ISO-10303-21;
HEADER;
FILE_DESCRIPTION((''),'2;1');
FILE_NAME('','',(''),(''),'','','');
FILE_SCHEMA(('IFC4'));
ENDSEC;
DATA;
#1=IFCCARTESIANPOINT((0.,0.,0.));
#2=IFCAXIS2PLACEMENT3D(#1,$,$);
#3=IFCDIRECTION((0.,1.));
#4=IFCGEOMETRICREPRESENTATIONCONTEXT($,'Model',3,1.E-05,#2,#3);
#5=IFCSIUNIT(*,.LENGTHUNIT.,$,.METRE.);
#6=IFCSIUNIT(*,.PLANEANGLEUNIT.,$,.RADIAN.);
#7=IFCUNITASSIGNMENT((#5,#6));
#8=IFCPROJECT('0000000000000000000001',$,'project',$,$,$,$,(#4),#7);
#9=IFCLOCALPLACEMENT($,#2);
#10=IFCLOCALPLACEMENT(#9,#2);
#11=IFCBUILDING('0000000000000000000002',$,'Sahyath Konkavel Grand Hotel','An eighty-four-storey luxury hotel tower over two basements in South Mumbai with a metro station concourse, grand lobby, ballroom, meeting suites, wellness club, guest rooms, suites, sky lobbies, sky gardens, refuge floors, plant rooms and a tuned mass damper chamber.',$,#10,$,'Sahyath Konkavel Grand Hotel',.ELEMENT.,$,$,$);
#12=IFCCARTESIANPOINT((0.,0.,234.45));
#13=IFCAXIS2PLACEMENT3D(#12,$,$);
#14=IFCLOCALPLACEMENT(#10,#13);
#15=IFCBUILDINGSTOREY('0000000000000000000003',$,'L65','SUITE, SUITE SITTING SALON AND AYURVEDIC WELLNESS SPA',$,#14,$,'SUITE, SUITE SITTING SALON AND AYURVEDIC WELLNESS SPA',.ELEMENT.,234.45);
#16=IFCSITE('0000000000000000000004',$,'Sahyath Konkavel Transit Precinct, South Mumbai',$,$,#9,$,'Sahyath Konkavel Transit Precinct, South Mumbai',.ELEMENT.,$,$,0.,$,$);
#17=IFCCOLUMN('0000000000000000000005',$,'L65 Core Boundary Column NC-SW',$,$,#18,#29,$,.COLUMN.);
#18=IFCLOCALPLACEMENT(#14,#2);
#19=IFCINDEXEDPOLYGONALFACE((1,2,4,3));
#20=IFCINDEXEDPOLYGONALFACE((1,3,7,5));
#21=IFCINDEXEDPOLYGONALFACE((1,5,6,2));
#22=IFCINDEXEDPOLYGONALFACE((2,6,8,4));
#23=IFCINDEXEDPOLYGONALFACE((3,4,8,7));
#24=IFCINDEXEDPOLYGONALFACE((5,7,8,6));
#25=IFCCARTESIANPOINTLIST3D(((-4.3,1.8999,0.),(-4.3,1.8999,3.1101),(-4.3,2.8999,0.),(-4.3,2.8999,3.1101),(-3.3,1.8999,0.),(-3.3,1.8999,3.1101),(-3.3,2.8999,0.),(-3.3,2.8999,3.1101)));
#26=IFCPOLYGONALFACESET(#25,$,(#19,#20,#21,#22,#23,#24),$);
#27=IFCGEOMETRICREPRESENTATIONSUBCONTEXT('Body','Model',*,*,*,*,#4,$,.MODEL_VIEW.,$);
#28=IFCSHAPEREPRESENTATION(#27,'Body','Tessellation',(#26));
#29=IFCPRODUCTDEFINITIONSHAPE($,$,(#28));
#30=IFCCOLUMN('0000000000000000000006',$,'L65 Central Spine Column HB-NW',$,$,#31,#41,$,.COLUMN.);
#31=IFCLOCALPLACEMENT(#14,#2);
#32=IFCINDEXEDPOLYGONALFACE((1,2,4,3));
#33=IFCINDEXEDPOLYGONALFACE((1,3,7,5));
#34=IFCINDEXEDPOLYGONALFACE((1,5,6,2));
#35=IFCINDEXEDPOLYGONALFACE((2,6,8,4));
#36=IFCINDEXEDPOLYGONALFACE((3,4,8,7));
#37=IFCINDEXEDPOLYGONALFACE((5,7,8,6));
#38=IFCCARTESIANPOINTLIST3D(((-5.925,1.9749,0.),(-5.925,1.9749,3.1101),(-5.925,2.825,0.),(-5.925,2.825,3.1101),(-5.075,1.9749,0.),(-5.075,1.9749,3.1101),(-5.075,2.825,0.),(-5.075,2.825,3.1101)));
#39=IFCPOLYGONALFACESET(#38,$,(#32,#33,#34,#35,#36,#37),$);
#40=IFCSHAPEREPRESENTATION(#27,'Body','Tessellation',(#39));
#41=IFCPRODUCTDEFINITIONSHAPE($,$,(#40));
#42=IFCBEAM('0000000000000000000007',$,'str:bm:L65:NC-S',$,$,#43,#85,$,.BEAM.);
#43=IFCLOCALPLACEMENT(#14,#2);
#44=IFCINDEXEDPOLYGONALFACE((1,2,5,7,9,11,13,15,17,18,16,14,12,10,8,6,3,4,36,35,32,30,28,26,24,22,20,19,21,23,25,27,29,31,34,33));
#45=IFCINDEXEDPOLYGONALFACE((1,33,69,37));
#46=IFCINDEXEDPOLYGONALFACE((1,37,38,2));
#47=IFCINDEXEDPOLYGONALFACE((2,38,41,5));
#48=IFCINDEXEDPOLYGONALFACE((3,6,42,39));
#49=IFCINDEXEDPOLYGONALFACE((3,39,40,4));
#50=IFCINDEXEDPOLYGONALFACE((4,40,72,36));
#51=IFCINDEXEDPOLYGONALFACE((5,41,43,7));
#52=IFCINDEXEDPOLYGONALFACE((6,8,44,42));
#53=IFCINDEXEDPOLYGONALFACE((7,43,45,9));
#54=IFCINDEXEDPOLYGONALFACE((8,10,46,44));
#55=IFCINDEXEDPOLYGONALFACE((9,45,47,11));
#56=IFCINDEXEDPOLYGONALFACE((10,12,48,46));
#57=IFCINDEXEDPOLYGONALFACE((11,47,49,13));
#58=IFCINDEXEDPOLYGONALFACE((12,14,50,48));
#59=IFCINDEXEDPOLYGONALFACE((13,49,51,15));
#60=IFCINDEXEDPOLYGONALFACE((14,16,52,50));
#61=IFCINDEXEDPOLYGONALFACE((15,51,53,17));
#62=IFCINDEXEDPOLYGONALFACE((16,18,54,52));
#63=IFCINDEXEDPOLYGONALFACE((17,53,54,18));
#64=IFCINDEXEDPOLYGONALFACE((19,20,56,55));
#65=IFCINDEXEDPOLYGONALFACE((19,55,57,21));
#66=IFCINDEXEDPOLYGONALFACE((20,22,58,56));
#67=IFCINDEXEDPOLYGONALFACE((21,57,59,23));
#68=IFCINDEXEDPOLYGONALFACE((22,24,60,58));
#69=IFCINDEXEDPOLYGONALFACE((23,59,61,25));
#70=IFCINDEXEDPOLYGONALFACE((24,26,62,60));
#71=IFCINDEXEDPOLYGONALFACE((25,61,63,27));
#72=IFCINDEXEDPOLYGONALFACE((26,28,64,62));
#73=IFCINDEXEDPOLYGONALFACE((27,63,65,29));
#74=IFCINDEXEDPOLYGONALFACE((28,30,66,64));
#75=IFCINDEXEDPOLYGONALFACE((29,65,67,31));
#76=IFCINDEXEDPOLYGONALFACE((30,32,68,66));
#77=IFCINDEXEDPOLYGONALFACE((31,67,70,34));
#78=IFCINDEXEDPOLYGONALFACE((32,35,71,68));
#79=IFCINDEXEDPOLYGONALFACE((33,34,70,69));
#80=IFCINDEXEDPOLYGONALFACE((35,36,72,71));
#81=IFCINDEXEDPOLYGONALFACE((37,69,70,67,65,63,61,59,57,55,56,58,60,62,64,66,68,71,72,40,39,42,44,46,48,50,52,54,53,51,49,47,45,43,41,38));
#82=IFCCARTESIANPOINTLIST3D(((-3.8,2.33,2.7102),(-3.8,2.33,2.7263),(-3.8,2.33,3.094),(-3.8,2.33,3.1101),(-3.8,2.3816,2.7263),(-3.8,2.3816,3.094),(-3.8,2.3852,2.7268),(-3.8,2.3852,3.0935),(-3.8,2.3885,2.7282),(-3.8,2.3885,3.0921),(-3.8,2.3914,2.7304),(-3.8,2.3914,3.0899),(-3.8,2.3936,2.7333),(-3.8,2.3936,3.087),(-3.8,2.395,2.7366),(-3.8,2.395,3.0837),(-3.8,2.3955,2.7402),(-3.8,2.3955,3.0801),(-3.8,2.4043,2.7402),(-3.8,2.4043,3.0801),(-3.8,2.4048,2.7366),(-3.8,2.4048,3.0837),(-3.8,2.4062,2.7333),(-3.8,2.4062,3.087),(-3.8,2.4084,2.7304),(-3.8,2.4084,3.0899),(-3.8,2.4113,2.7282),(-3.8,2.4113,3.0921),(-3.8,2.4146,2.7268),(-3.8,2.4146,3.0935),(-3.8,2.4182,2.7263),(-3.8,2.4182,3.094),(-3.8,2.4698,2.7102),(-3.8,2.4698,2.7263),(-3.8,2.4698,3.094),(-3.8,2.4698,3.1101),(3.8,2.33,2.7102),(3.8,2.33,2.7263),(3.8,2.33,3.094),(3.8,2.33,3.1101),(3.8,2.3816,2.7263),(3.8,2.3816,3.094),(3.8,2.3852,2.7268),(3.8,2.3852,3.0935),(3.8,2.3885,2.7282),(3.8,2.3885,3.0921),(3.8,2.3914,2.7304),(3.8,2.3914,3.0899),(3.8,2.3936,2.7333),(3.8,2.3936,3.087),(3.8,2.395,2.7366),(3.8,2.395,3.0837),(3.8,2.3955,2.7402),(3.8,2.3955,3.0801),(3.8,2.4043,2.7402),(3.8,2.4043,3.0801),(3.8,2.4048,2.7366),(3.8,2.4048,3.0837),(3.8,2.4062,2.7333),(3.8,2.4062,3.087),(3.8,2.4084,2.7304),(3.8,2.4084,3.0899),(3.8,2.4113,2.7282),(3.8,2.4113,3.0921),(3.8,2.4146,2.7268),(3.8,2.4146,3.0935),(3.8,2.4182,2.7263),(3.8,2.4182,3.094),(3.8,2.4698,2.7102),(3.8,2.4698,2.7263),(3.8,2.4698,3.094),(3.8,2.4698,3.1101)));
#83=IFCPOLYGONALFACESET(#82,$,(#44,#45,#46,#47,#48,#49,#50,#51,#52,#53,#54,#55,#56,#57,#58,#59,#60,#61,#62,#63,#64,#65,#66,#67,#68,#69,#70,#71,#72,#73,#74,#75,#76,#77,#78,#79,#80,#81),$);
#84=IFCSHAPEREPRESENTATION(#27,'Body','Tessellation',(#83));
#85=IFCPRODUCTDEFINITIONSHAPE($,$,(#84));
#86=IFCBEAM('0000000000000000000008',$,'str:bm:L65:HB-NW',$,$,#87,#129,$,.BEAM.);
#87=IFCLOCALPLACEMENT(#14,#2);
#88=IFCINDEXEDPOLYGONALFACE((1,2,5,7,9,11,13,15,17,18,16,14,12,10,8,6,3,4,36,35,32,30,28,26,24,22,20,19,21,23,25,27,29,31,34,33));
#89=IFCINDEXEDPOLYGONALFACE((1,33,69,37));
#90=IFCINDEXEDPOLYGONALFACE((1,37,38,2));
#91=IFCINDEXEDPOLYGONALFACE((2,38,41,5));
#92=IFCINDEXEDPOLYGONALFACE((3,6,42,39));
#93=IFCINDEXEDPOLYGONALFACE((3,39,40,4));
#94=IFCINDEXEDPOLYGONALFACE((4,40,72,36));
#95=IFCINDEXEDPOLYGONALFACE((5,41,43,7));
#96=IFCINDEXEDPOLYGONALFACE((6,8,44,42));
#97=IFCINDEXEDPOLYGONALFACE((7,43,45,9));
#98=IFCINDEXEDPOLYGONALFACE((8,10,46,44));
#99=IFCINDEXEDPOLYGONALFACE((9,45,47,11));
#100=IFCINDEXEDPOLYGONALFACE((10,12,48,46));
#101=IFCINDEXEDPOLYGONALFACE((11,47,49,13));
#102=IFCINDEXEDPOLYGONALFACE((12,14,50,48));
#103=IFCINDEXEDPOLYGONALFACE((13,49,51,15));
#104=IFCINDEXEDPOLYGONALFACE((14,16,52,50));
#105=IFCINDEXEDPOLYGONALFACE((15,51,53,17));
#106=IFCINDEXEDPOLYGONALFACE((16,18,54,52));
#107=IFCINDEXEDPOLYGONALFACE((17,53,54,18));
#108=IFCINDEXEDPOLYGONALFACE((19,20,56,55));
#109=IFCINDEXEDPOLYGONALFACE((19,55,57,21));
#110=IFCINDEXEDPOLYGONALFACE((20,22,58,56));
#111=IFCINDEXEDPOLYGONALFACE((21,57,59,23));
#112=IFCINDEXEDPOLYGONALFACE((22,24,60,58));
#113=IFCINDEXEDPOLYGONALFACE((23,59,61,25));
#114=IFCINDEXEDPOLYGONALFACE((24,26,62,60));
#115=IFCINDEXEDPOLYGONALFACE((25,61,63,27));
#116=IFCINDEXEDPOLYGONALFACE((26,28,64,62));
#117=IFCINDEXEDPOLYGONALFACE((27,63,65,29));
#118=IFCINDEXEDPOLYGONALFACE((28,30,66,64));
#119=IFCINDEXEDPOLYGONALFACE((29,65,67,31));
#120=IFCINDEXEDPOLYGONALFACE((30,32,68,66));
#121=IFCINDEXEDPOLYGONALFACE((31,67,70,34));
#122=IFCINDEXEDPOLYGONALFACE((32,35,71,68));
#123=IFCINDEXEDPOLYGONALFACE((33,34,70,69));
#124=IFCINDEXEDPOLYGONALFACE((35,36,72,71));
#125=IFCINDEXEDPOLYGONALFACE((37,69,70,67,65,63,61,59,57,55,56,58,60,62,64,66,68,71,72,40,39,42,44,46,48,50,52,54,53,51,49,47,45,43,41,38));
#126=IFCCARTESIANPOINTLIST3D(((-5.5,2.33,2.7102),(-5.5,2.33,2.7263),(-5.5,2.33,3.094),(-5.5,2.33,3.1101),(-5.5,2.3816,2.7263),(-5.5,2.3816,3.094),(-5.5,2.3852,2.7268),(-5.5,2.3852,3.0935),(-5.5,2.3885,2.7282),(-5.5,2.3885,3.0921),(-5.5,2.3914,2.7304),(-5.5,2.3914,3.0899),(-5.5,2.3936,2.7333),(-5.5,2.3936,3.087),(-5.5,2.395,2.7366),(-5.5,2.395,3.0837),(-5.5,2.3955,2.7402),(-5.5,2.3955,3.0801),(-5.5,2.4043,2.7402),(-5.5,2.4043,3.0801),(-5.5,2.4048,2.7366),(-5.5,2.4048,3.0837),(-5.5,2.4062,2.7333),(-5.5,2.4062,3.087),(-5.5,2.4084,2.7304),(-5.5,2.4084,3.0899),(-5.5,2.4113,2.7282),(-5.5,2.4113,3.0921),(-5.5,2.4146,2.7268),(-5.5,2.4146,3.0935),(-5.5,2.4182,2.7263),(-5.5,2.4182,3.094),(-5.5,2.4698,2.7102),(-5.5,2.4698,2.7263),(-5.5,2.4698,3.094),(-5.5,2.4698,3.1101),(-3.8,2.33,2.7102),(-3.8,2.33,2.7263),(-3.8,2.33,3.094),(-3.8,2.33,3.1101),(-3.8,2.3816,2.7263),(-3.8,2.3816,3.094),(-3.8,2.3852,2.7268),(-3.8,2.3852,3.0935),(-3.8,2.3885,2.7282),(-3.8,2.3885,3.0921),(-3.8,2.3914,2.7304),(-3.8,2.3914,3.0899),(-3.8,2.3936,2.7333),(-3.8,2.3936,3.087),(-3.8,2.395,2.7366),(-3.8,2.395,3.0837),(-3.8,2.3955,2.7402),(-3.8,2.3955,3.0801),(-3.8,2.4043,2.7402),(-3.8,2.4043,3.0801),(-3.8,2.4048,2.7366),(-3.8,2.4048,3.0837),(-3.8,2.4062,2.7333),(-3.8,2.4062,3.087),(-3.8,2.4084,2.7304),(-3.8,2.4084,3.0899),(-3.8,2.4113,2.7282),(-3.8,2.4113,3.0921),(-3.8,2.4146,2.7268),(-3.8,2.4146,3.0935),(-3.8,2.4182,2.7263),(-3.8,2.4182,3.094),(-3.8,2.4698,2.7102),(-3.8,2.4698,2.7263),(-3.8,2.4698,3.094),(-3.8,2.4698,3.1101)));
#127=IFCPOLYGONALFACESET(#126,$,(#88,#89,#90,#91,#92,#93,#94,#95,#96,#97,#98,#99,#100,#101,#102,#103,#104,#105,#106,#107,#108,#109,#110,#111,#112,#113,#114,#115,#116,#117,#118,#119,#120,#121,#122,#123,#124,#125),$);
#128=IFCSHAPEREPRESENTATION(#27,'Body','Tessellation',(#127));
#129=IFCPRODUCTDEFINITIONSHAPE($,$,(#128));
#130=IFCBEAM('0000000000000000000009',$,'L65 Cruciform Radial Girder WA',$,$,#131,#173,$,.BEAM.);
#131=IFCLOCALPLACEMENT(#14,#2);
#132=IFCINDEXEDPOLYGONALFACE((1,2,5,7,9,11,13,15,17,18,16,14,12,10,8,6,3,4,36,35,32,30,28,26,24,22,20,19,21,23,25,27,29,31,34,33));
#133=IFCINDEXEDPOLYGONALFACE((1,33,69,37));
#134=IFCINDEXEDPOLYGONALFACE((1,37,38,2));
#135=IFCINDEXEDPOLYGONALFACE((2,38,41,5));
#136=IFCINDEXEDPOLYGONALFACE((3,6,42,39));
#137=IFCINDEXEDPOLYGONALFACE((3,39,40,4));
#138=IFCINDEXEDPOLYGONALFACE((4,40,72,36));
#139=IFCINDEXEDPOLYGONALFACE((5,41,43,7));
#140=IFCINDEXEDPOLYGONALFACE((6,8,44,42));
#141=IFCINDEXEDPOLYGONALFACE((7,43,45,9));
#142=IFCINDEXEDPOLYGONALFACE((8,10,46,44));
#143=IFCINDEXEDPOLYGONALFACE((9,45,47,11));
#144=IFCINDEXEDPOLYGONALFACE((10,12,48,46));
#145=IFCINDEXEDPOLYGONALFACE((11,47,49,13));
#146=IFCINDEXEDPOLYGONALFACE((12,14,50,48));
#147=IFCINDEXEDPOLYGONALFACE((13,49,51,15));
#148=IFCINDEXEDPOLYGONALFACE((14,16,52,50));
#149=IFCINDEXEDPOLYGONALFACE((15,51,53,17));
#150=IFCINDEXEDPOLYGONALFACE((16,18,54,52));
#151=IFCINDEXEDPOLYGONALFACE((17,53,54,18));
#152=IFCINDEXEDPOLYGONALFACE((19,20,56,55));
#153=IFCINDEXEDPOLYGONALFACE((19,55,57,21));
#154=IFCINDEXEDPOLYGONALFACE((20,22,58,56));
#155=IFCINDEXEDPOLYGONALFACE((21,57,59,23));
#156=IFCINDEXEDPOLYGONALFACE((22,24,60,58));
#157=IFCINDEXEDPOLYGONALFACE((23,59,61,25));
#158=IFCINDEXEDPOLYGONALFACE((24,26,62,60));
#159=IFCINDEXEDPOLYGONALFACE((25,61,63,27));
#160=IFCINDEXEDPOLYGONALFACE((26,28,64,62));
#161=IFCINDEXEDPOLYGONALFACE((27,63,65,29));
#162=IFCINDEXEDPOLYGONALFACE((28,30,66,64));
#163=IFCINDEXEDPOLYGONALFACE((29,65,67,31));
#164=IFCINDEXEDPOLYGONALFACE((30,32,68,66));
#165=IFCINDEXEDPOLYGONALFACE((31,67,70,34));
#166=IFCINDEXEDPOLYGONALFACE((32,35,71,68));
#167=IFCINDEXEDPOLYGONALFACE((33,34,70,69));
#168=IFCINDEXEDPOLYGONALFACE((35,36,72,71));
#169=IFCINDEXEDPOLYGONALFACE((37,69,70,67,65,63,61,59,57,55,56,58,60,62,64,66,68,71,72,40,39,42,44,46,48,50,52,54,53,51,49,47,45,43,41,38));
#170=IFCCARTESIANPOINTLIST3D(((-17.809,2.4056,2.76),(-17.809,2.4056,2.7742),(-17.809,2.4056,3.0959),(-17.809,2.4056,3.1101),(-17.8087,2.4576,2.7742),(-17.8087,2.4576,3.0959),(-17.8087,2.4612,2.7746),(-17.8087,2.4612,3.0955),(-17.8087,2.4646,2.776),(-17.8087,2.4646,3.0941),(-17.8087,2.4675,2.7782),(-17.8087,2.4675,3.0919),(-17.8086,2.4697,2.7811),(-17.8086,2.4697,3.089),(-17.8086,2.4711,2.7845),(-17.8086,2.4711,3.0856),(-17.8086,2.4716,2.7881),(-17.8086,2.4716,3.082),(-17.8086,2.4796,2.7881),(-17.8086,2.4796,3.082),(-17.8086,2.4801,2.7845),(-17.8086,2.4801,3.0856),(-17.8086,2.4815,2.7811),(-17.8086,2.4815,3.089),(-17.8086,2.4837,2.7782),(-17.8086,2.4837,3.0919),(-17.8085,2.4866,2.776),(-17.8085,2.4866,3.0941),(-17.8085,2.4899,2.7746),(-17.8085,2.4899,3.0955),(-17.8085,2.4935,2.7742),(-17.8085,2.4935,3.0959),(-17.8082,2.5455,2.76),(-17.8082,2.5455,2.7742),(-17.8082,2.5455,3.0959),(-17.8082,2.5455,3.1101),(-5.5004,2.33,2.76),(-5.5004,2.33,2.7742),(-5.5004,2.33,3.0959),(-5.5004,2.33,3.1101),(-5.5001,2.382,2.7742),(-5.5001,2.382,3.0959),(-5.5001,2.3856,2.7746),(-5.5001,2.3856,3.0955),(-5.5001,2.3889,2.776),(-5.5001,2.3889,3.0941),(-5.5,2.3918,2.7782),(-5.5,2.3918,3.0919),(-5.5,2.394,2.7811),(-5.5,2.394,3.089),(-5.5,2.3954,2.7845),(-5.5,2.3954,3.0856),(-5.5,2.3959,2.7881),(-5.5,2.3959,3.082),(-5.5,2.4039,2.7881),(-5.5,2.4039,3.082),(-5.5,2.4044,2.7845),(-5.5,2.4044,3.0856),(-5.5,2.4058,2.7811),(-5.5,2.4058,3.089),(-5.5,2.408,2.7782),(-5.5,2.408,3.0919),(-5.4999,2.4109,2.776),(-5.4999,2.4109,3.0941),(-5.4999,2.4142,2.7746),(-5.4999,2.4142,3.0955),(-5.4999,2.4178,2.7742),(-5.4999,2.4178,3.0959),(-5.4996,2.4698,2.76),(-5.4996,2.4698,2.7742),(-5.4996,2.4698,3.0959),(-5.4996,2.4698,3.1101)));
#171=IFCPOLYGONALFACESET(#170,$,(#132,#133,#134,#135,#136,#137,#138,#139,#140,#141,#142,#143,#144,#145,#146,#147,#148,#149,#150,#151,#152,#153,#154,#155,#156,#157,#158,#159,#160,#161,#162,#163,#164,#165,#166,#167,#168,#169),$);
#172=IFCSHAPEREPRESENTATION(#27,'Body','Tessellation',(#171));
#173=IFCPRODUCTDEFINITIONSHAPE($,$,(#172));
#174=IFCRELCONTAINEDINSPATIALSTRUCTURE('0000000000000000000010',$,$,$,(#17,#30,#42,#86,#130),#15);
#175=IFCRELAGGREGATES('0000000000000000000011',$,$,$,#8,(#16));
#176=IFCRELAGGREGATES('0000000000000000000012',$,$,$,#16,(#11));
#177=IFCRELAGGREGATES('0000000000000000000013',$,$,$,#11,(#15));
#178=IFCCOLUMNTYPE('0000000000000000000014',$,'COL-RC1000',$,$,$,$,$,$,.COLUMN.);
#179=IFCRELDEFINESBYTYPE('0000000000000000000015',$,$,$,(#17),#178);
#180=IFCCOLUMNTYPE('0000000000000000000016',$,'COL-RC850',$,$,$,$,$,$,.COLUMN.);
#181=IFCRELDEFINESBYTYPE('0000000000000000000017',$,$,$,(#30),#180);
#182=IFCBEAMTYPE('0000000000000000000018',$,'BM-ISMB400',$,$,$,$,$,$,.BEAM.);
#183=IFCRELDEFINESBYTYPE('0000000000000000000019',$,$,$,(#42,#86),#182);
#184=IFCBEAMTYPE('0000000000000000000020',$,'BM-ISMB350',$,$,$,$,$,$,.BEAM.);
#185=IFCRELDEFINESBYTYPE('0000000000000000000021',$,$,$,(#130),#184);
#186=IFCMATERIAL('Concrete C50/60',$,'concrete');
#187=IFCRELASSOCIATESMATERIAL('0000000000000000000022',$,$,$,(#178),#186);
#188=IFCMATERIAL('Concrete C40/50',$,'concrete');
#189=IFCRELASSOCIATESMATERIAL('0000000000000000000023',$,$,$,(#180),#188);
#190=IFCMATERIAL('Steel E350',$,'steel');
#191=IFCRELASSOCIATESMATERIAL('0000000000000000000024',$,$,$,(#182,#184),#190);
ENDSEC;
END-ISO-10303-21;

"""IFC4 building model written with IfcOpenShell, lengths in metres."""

from ifc_helpers import new_model, si_unit, direction, frame, origin, origin_2d, place, context, subcontext, project, spatial, rectangle, i_section, extrude, source, transform, mapped, material, material_profile, profile_set, type_object, element, save


model = new_model("IFC4")

# Units and contexts
model_context = context("Model", 3, precision=1e-05, world=origin(), true_north=direction((0.0, 1.0)))
body_context = subcontext(model_context, "Body", "Model", "MODEL_VIEW")
ifc_project = project(units=[si_unit("LENGTHUNIT", "METRE"), si_unit("PLANEANGLEUNIT", "RADIAN")], contexts=[model_context])

# Site, building, storey
site_placement = place(None, origin())
site = spatial("IfcSite", under=ifc_project, at=site_placement, Name="Sahyath Konkavel Transit Precinct, South Mumbai", LongName="Sahyath Konkavel Transit Precinct, South Mumbai", CompositionType="ELEMENT", RefElevation=0.0)
building_placement = place(site_placement, origin())
building = spatial("IfcBuilding", under=site, at=building_placement, Name="Sahyath Konkavel Grand Hotel", Description="An eighty-four-storey luxury hotel tower over two basements in South Mumbai with a metro station concourse, grand lobby, ballroom, meeting suites, wellness club, guest rooms, suites, sky lobbies, sky gardens, refuge floors, plant rooms and a tuned mass damper chamber.", LongName="Sahyath Konkavel Grand Hotel", CompositionType="ELEMENT")
storey_placement = place(building_placement, frame((0.0, 0.0, 234.45)))
storey = spatial("IfcBuildingStorey", under=building, at=storey_placement, Name="L65", Description="SUITE, SUITE SITTING SALON AND AYURVEDIC WELLNESS SPA", LongName="SUITE, SUITE SITTING SALON AND AYURVEDIC WELLNESS SPA", CompositionType="ELEMENT", Elevation=234.45)

# Columns
ifc_material_1 = material(Name="Concrete C50/60", Category="concrete")
ifc_material_profile_1 = material_profile(ifc_material_1, rectangle(XDim=1.0, YDim=1.0, at=origin_2d()), Name="RC 1000x1000")
ifc_profile_set_1 = profile_set([ifc_material_profile_1], Name="Concrete C50/60")
column_type_1 = type_object("IfcColumnType", Name="COL-RC1000", PredefinedType="COLUMN", material=ifc_profile_set_1)
shared_shape_1 = source(origin(), body_context, "Body", "SweptSolid", [
    extrude(rectangle(XDim=1.0, YDim=1.0, at=origin_2d()), origin(), (0.0, 0.0, 1.0), 3.1101),
])
column_1_placement = place(storey_placement, frame((-3.8, 2.3999, 0.0), z_axis=(0.0, 0.0, 1.0), x_axis=(1.0, 0.0, 0.0)))
element("IfcColumn", 1, at=column_1_placement, inside=storey, type_object=column_type_1, Name="L65 Core Boundary Column NC-SW", PredefinedType="COLUMN", context=body_context, shape_type="MappedRepresentation", body=[
    mapped(shared_shape_1, transform((0.0, 0.0, 0.0), scale=1.0)),
])
ifc_material_2 = material(Name="Concrete C40/50", Category="concrete")
ifc_material_profile_2 = material_profile(ifc_material_2, rectangle(XDim=0.8501, YDim=0.8501, at=origin_2d()), Name="RC 850x850")
ifc_profile_set_2 = profile_set([ifc_material_profile_2], Name="Concrete C40/50")
column_type_2 = type_object("IfcColumnType", Name="COL-RC850", PredefinedType="COLUMN", material=ifc_profile_set_2)
shared_shape_2 = source(origin(), body_context, "Body", "SweptSolid", [
    extrude(rectangle(XDim=0.8501, YDim=0.8501, at=origin_2d()), origin(), (0.0, 0.0, 1.0), 3.1101),
])
column_2_placement = place(storey_placement, frame((-5.5, 2.3999, 0.0), z_axis=(0.0, 0.0, 1.0), x_axis=(1.0, 0.0, 0.0)))
element("IfcColumn", 2, at=column_2_placement, inside=storey, type_object=column_type_2, Name="L65 Central Spine Column HB-NW", PredefinedType="COLUMN", context=body_context, shape_type="MappedRepresentation", body=[
    mapped(shared_shape_2, transform((0.0, 0.0, 0.0), scale=1.0)),
])

# Beams
ifc_material_3 = material(Name="Steel E350", Category="steel")
ifc_material_profile_3 = material_profile(ifc_material_3, i_section(OverallWidth=0.1399, OverallDepth=0.3999, WebThickness=0.0088, FlangeThickness=0.0161, FilletRadius=0.0139, at=origin_2d()), Name="ISMB 400")
ifc_profile_set_3 = profile_set([ifc_material_profile_3], Name="Steel E350")
beam_type_1 = type_object("IfcBeamType", Name="BM-ISMB400", PredefinedType="BEAM", material=ifc_profile_set_3)
shared_shape_3 = source(origin(), body_context, "Body", "SweptSolid", [
    extrude(i_section(OverallWidth=0.1399, OverallDepth=0.3999, WebThickness=0.0088, FlangeThickness=0.0161, FilletRadius=0.0139, at=origin_2d()), origin(), (0.0, 0.0, 1.0), 7.6001),
])
beam_1_placement = place(storey_placement, frame((-3.8, 2.3999, 2.9102), z_axis=(1.0, 0.0, 0.0), x_axis=(0.0, 1.0, 0.0)))
element("IfcBeam", 3, at=beam_1_placement, inside=storey, type_object=beam_type_1, Name="str:bm:L65:NC-S", PredefinedType="BEAM", context=body_context, shape_type="MappedRepresentation", body=[
    mapped(shared_shape_3, transform((0.0, 0.0, 0.0), scale=1.0)),
])
shared_shape_4 = source(origin(), body_context, "Body", "SweptSolid", [
    extrude(i_section(OverallWidth=0.1399, OverallDepth=0.3999, WebThickness=0.0088, FlangeThickness=0.0161, FilletRadius=0.0139, at=origin_2d()), origin(), (0.0, 0.0, 1.0), 1.7),
])
beam_2_placement = place(storey_placement, frame((-5.5, 2.3999, 2.9102), z_axis=(1.0, 0.0, 0.0), x_axis=(0.0, 1.0, 0.0)))
element("IfcBeam", 4, at=beam_2_placement, inside=storey, type_object=beam_type_1, Name="str:bm:L65:HB-NW", PredefinedType="BEAM", context=body_context, shape_type="MappedRepresentation", body=[
    mapped(shared_shape_4, transform((0.0, 0.0, 0.0), scale=1.0)),
])
ifc_material_profile_4 = material_profile(ifc_material_3, i_section(OverallWidth=0.1399, OverallDepth=0.3501, WebThickness=0.0081, FlangeThickness=0.0142, FilletRadius=0.0139, at=origin_2d()), Name="ISMB 350")
ifc_profile_set_4 = profile_set([ifc_material_profile_4], Name="Steel E350")
beam_type_2 = type_object("IfcBeamType", Name="BM-ISMB350", PredefinedType="BEAM", material=ifc_profile_set_4)
shared_shape_5 = source(origin(), body_context, "Body", "SweptSolid", [
    extrude(i_section(OverallWidth=0.1399, OverallDepth=0.3501, WebThickness=0.0081, FlangeThickness=0.0142, FilletRadius=0.0139, at=origin_2d()), origin(), (0.0, 0.0, 1.0), 12.3088),
])
beam_3_placement = place(storey_placement, frame((-5.5, 2.3999, 2.9351), z_axis=(-0.999981, 0.006149, 0.0), x_axis=(-0.006149, -0.999981, 0.0)))
element("IfcBeam", 5, at=beam_3_placement, inside=storey, type_object=beam_type_2, Name="L65 Cruciform Radial Girder WA", PredefinedType="BEAM", context=body_context, shape_type="MappedRepresentation", body=[
    mapped(shared_shape_5, transform((0.0, 0.0, 0.0), scale=1.0)),
])

save(model, "model.ifc")
